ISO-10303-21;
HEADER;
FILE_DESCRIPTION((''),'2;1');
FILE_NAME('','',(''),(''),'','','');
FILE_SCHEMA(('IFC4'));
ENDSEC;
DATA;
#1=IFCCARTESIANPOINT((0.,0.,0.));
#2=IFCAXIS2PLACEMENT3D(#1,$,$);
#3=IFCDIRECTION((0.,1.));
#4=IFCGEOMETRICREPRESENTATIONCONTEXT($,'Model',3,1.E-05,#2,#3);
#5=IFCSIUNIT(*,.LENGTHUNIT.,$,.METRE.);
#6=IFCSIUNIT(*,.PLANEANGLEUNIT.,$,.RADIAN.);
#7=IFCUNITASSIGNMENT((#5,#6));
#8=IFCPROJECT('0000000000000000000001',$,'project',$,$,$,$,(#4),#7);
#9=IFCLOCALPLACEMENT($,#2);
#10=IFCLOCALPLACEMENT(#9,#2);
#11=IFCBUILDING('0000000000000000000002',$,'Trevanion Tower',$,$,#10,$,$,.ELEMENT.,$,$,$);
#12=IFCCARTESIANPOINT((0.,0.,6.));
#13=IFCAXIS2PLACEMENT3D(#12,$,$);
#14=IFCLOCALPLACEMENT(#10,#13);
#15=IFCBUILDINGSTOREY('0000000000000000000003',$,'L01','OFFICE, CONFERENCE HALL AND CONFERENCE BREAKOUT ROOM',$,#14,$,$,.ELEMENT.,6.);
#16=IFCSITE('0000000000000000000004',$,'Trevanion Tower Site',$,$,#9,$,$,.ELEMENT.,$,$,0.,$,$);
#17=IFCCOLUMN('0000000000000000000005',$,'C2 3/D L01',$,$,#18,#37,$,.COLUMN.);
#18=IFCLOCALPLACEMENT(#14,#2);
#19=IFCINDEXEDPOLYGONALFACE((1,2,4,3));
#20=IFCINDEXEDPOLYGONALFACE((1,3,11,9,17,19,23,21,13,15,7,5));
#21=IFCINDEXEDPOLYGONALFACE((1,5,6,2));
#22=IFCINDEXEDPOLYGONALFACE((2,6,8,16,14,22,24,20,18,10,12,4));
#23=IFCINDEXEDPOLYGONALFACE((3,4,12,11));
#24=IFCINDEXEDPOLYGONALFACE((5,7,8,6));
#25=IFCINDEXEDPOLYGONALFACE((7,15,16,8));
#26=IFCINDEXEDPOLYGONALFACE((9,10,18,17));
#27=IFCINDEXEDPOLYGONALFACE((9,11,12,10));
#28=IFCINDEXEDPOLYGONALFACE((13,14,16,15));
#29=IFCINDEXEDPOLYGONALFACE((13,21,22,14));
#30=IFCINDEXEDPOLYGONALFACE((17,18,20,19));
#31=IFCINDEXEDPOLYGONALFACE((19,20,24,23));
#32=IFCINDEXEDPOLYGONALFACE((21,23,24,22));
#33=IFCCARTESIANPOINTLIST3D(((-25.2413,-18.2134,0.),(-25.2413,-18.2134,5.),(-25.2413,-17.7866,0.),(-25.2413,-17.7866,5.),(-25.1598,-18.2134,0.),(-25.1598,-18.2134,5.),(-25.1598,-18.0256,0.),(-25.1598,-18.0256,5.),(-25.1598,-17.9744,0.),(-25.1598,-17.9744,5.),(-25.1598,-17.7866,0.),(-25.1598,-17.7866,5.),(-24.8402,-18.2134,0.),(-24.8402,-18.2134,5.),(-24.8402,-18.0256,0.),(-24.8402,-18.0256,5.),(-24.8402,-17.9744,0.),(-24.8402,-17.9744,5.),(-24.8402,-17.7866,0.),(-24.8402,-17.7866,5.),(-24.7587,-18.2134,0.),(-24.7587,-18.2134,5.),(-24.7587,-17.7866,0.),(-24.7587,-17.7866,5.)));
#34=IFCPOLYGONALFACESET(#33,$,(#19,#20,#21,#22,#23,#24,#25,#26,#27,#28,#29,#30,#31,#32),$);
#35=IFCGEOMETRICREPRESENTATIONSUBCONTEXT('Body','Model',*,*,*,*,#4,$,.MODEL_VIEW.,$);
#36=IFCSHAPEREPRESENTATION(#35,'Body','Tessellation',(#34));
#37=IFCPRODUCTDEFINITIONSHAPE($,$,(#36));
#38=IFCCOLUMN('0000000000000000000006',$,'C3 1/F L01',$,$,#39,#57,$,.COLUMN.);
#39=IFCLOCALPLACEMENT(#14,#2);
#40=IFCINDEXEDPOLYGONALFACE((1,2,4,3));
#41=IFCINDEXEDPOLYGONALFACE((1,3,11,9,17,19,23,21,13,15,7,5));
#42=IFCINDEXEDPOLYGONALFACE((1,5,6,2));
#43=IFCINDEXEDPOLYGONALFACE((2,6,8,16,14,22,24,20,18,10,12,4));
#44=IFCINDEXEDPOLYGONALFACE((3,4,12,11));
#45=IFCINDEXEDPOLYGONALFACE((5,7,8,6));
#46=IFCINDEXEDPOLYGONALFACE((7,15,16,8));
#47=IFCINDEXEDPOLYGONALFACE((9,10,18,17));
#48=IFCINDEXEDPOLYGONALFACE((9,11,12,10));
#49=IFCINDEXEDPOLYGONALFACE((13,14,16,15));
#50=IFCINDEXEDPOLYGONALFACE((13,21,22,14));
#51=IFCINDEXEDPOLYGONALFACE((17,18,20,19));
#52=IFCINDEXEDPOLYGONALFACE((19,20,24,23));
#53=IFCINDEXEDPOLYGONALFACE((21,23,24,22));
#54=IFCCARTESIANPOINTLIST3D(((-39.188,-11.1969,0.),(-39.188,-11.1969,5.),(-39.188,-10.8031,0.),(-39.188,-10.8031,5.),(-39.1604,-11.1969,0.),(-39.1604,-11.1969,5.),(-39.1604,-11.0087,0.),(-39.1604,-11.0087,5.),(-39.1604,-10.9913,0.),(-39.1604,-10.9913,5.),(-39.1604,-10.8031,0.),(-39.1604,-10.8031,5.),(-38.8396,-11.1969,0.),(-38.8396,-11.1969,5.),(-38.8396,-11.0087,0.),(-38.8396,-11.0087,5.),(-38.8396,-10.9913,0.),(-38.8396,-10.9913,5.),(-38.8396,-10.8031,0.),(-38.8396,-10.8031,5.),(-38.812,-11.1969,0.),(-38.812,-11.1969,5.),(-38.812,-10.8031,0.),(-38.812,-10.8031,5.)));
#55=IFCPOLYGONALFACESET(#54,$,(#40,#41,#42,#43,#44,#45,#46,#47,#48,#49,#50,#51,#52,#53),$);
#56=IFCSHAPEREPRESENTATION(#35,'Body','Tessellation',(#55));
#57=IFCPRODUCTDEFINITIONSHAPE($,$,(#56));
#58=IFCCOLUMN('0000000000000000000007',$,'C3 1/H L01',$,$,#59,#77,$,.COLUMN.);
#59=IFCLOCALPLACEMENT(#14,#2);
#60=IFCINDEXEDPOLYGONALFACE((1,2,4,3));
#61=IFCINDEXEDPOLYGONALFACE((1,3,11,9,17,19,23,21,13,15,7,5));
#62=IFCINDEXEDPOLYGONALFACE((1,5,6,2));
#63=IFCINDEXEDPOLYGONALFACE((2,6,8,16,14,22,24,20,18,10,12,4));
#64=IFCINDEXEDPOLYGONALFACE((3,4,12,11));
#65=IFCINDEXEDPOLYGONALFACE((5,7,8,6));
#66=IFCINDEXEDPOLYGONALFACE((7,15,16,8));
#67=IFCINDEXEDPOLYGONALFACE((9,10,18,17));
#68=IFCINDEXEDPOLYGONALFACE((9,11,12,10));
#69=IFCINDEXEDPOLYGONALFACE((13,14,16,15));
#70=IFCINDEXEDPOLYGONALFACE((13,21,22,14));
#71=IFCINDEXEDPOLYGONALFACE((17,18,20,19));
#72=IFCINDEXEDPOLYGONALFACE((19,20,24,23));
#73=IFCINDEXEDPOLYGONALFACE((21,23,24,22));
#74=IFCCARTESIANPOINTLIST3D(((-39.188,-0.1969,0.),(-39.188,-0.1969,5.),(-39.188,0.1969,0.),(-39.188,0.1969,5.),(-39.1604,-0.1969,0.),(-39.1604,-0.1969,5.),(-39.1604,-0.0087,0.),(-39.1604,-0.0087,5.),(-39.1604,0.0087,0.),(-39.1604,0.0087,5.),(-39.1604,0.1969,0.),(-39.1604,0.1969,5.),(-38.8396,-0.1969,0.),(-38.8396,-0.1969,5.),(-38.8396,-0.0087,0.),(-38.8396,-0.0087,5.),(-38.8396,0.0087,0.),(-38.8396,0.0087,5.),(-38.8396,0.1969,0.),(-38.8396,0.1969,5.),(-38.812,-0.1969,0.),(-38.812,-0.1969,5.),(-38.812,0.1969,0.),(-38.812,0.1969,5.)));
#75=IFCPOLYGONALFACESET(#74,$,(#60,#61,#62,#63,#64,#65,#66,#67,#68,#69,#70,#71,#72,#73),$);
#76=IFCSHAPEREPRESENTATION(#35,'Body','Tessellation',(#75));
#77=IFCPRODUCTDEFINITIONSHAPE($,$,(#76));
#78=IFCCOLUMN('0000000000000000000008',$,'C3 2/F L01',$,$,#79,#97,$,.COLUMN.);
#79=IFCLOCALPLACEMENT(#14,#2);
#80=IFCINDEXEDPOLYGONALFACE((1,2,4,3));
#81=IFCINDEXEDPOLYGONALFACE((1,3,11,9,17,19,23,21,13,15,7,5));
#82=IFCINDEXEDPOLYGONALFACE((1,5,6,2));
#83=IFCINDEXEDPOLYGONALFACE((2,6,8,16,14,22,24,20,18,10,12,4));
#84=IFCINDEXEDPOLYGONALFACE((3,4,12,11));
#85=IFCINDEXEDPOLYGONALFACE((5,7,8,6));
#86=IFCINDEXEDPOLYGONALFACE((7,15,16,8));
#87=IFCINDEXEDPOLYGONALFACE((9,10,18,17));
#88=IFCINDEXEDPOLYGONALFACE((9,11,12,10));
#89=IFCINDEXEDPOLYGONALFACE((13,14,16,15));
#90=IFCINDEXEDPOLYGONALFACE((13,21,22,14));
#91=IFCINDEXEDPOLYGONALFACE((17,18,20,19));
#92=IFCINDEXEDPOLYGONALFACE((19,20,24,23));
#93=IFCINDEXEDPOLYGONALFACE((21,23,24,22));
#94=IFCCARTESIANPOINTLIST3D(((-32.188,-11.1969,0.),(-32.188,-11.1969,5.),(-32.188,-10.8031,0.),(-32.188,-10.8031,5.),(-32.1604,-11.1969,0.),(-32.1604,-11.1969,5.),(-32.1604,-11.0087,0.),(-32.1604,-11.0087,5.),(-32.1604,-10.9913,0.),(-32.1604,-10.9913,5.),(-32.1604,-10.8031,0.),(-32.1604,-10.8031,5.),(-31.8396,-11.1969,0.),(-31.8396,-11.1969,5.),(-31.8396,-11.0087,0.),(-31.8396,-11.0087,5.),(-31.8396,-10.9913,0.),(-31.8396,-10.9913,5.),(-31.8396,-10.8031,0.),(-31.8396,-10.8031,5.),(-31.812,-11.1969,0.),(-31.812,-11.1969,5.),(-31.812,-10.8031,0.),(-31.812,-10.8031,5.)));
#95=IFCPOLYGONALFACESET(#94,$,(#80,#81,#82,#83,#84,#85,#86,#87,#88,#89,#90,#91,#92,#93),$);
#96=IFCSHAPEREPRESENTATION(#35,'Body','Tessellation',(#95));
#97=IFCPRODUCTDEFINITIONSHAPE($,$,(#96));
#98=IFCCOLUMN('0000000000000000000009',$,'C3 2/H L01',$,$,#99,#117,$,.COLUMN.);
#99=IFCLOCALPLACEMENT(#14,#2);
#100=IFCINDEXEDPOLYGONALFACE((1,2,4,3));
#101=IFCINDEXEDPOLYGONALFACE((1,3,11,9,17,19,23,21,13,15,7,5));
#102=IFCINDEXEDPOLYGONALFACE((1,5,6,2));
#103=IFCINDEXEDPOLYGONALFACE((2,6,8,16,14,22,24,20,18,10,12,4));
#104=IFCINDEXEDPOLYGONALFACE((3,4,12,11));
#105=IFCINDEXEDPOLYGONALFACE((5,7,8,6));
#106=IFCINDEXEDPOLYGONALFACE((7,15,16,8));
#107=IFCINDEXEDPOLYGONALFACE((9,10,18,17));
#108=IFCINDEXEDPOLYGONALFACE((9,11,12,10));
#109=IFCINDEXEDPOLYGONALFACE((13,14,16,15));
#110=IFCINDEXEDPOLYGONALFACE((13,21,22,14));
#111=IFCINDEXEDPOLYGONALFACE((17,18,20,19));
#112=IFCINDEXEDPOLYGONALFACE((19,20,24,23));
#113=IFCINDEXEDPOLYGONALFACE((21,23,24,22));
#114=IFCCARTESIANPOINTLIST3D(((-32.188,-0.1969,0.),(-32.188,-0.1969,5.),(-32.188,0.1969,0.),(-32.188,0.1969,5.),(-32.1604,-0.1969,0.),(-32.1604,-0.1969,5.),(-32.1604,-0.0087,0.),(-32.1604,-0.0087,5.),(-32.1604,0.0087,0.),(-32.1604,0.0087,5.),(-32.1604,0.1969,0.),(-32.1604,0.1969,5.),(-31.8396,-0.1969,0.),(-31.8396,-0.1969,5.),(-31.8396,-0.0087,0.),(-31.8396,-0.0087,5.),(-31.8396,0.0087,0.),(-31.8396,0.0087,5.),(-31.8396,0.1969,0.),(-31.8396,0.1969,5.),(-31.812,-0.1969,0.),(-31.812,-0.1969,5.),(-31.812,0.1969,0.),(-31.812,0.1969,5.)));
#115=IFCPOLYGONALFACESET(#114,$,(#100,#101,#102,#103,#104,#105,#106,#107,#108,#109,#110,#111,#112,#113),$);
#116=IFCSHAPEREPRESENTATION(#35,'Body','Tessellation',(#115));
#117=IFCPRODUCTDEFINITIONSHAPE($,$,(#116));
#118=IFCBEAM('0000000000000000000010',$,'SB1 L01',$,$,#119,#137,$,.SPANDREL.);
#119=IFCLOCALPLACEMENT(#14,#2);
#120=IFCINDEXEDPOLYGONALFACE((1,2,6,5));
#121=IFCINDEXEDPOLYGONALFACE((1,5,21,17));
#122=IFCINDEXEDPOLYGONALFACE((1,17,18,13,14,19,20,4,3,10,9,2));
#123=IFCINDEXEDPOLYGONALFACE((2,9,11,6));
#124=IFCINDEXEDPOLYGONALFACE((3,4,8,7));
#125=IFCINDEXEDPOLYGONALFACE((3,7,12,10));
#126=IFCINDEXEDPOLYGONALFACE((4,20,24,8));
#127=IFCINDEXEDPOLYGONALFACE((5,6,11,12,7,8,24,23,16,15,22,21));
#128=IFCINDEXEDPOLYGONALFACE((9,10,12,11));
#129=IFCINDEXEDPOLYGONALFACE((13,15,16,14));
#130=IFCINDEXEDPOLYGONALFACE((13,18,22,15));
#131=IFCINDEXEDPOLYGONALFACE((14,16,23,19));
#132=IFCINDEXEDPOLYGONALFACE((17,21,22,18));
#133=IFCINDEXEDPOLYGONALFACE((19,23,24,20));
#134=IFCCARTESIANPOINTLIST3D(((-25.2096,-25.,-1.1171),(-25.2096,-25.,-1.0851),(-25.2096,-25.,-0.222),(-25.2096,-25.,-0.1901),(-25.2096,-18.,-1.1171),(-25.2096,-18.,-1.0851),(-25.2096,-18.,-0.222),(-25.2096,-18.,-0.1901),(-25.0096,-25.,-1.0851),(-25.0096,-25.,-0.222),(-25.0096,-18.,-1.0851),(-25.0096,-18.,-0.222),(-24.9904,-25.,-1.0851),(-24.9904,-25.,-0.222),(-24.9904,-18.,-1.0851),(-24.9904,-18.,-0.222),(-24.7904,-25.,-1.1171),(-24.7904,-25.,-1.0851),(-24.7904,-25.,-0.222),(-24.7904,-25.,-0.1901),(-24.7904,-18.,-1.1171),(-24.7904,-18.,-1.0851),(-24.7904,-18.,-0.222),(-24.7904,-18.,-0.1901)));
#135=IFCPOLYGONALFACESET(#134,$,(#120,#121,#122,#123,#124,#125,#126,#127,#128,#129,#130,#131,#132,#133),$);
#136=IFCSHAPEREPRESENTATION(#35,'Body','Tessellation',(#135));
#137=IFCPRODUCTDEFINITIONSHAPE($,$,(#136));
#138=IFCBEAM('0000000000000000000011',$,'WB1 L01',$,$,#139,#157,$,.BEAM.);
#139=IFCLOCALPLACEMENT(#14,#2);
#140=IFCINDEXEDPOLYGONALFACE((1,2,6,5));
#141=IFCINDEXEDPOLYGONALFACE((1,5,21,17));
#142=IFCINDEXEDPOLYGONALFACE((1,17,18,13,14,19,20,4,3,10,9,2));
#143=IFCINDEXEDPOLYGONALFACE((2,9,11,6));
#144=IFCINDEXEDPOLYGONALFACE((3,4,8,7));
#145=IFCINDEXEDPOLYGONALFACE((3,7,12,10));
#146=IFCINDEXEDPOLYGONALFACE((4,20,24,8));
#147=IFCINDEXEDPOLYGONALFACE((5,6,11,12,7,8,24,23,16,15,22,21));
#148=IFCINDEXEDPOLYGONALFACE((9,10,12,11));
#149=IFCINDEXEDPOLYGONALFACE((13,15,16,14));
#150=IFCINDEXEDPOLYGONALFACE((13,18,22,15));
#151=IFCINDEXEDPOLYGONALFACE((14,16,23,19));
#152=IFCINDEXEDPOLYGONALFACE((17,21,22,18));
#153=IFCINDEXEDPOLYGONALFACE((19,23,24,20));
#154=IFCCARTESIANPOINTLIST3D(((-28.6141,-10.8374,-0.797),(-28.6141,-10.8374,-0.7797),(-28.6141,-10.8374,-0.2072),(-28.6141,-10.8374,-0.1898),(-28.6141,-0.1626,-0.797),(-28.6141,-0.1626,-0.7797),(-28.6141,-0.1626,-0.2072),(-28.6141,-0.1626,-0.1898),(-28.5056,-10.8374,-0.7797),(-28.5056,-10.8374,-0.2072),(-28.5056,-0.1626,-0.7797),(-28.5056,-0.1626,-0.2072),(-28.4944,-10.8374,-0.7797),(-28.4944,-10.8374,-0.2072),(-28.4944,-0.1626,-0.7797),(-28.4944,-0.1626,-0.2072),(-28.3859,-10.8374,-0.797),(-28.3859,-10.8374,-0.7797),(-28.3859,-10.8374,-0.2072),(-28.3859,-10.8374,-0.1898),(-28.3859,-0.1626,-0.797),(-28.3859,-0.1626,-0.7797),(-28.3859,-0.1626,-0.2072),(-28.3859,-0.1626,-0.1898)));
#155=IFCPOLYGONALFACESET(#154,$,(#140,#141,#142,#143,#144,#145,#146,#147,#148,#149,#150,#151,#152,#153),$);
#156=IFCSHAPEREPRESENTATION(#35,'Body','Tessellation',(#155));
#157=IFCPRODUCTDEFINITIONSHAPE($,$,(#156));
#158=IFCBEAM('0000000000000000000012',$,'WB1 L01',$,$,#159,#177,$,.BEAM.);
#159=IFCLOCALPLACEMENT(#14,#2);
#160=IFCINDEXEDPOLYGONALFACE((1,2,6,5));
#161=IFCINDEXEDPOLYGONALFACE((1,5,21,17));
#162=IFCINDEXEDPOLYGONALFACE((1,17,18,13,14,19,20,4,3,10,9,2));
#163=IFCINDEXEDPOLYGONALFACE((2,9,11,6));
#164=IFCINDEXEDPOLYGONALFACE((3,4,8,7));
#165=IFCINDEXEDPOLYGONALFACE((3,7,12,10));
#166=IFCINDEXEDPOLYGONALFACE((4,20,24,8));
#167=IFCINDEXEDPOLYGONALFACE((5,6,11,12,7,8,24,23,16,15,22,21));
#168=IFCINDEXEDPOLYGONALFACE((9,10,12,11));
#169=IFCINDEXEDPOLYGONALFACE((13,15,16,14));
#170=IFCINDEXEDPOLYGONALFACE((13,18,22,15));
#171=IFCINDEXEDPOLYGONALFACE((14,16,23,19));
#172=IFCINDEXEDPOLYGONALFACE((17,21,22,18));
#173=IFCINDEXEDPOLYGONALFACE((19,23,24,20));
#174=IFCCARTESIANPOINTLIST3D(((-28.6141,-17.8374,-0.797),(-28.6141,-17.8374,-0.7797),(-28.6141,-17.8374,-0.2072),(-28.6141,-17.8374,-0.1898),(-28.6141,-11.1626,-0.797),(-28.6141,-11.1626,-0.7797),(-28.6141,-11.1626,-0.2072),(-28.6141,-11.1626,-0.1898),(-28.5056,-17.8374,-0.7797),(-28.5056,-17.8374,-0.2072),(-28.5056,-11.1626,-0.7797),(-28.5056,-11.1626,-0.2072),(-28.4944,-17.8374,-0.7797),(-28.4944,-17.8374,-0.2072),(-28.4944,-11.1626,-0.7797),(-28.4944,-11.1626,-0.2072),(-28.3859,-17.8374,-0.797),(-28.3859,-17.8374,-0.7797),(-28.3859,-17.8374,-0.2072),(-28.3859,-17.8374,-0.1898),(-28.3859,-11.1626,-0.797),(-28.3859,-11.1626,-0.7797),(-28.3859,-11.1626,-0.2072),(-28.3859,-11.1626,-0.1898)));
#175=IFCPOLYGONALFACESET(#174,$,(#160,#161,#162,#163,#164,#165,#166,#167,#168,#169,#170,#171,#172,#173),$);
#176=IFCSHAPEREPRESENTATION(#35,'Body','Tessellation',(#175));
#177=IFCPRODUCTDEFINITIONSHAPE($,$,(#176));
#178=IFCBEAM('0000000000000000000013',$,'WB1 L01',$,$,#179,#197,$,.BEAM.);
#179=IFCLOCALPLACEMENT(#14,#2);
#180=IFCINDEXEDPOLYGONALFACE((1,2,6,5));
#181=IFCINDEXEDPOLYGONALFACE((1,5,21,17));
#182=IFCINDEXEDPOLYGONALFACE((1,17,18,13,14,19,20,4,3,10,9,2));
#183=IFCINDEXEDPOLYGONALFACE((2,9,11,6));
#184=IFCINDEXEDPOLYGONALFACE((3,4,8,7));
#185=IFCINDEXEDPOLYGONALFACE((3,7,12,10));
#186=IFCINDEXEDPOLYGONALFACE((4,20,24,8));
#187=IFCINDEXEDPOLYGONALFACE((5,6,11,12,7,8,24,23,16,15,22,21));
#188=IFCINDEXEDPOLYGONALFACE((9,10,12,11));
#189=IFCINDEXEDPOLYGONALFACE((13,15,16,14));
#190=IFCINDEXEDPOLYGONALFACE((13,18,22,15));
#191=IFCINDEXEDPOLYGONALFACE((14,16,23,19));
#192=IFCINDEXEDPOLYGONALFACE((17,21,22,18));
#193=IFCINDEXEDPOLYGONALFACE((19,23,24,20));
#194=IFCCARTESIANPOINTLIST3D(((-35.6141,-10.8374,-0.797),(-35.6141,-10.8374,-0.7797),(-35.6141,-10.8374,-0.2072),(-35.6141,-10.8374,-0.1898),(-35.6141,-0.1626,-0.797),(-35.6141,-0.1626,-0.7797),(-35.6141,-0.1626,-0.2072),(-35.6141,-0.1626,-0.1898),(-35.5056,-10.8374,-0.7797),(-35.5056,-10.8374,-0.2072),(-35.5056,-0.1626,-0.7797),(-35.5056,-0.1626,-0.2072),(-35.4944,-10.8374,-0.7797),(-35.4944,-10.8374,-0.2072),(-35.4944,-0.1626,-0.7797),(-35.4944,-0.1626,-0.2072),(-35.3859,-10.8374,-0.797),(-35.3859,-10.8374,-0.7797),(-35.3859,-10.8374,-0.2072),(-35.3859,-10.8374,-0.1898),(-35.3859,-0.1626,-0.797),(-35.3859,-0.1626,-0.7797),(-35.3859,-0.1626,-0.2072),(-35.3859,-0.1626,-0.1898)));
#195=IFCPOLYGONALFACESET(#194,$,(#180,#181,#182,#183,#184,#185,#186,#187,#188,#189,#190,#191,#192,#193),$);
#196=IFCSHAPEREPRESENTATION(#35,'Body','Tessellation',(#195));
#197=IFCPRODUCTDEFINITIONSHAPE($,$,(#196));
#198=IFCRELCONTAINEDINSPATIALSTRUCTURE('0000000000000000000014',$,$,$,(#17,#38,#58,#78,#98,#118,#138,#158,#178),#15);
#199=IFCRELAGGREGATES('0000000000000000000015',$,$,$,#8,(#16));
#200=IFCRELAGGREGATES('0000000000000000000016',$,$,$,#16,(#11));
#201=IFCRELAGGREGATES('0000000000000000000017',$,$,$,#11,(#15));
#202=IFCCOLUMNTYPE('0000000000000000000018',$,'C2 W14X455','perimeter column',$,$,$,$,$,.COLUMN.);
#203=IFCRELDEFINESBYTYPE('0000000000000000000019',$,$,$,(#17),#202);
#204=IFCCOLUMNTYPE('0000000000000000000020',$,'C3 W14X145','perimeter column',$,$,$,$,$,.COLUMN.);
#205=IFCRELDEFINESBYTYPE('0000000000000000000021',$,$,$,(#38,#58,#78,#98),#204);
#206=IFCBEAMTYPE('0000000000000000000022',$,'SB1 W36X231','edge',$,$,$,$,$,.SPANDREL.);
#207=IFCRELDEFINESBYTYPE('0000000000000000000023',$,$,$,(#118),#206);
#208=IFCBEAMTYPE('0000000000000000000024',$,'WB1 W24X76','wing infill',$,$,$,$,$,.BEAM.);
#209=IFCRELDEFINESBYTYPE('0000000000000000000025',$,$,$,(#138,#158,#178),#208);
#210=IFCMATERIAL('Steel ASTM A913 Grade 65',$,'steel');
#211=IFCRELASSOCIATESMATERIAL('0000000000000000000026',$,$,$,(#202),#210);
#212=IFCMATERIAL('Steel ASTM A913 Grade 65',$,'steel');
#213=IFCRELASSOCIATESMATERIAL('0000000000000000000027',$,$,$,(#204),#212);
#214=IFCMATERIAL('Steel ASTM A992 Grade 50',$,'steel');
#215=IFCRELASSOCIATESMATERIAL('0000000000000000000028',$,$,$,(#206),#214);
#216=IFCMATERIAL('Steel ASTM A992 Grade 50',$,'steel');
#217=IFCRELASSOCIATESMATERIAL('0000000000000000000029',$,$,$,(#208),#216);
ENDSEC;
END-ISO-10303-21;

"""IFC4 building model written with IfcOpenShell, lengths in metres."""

from ifc_helpers import new_model, si_unit, direction, frame, origin, origin_2d, place, context, subcontext, project, spatial, i_section, extrude, material, material_profile, profile_set, type_object, element, save


model = new_model("IFC4")

# Units and contexts
model_context = context("Model", 3, precision=1e-05, world=origin(), true_north=direction((0.0, 1.0)))
body_context = subcontext(model_context, "Body", "Model", "MODEL_VIEW")
ifc_project = project(units=[si_unit("LENGTHUNIT", "METRE"), si_unit("PLANEANGLEUNIT", "RADIAN")], contexts=[model_context])

# Site, building, storey
site_placement = place(None, origin())
site = spatial("IfcSite", under=ifc_project, at=site_placement, Name="Trevanion Tower Site", CompositionType="ELEMENT", RefElevation=0.0)
building_placement = place(site_placement, origin())
building = spatial("IfcBuilding", under=site, at=building_placement, Name="Trevanion Tower", CompositionType="ELEMENT")
storey_placement = place(building_placement, frame((0.0, 0.0, 6.0)))
storey = spatial("IfcBuildingStorey", under=building, at=storey_placement, Name="L01", Description="OFFICE, CONFERENCE HALL AND CONFERENCE BREAKOUT ROOM", CompositionType="ELEMENT", Elevation=6.0)

# Columns
ifc_material_1 = material(Name="Steel ASTM A913 Grade 65", Category="steel")
ifc_material_profile_1 = material_profile(ifc_material_1, i_section(OverallWidth=0.4268, OverallDepth=0.4827, WebThickness=0.0513, FlangeThickness=0.0815, at=origin_2d()), Name="W14X455")
ifc_profile_set_1 = profile_set([ifc_material_profile_1], Name="Steel ASTM A913 Grade 65")
column_type_1 = type_object("IfcColumnType", Name="C2 W14X455", Description="perimeter column", PredefinedType="COLUMN", material=ifc_profile_set_1)
column_placement = place(storey_placement, frame((-25.0, -18.0, 0.0), z_axis=(0.0, 0.0, 1.0), x_axis=(0.0, 1.0, 0.0)))
element("IfcColumn", 1, at=column_placement, inside=storey, type_object=column_type_1, Name="C2 3/D L01", PredefinedType="COLUMN", context=body_context, shape_type="SweptSolid", body=[
    extrude(i_section(OverallWidth=0.4268, OverallDepth=0.4827, WebThickness=0.0513, FlangeThickness=0.0815, at=origin_2d()), origin(), (0.0, 0.0, 1.0), 5.0),
])
ifc_material_2 = material(Name="Steel ASTM A913 Grade 65", Category="steel")
ifc_material_profile_2 = material_profile(ifc_material_2, i_section(OverallWidth=0.3938, OverallDepth=0.376, WebThickness=0.0173, FlangeThickness=0.0276, at=origin_2d()), Name="W14X145")
ifc_profile_set_2 = profile_set([ifc_material_profile_2], Name="Steel ASTM A913 Grade 65")
column_type_2 = type_object("IfcColumnType", Name="C3 W14X145", Description="perimeter column", PredefinedType="COLUMN", material=ifc_profile_set_2)
for number, where, z_axis, x_axis, name in (
    (2, (-39.0, -11.0, 0.0), (0.0, 0.0, 1.0), (0.0, 1.0, 0.0), "C3 1/F L01"),
    (3, (-39.0, 0.0, 0.0), (0.0, 0.0, 1.0), (0.0, 1.0, 0.0), "C3 1/H L01"),
    (4, (-32.0, -11.0, 0.0), (0.0, 0.0, 1.0), (0.0, 1.0, 0.0), "C3 2/F L01"),
    (5, (-32.0, 0.0, 0.0), (0.0, 0.0, 1.0), (0.0, 1.0, 0.0), "C3 2/H L01"),
):
    element("IfcColumn", number, at=place(storey_placement, frame(where, z_axis=z_axis, x_axis=x_axis)), inside=storey, type_object=column_type_2, Name=name, PredefinedType="COLUMN", context=body_context, shape_type="SweptSolid", body=[
        extrude(i_section(OverallWidth=0.3938, OverallDepth=0.376, WebThickness=0.0173, FlangeThickness=0.0276, at=origin_2d()), origin(), (0.0, 0.0, 1.0), 5.0),
    ])

# Beams
ifc_material_3 = material(Name="Steel ASTM A992 Grade 50", Category="steel")
ifc_material_profile_3 = material_profile(ifc_material_3, i_section(OverallWidth=0.4192, OverallDepth=0.927, WebThickness=0.0193, FlangeThickness=0.032, at=origin_2d()), Name="W36X231")
ifc_profile_set_3 = profile_set([ifc_material_profile_3], Name="Steel ASTM A992 Grade 50")
beam_type_1 = type_object("IfcBeamType", Name="SB1 W36X231", Description="edge", PredefinedType="SPANDREL", material=ifc_profile_set_3)
beam_1_placement = place(storey_placement, frame((-25.0, -18.0, -0.6536), z_axis=(0.0, -1.0, 0.0), x_axis=(1.0, 0.0, 0.0)))
element("IfcBeam", 6, at=beam_1_placement, inside=storey, type_object=beam_type_1, Name="SB1 L01", PredefinedType="SPANDREL", context=body_context, shape_type="SweptSolid", body=[
    extrude(i_section(OverallWidth=0.4192, OverallDepth=0.927, WebThickness=0.0193, FlangeThickness=0.032, at=origin_2d()), origin(), (0.0, 0.0, 1.0), 7.0),
])
ifc_material_4 = material(Name="Steel ASTM A992 Grade 50", Category="steel")
ifc_material_profile_4 = material_profile(ifc_material_4, i_section(OverallWidth=0.2283, OverallDepth=0.6072, WebThickness=0.0112, FlangeThickness=0.0173, at=origin_2d()), Name="W24X76")
ifc_profile_set_4 = profile_set([ifc_material_profile_4], Name="Steel ASTM A992 Grade 50")
beam_type_2 = type_object("IfcBeamType", Name="WB1 W24X76", Description="wing infill", PredefinedType="BEAM", material=ifc_profile_set_4)
beam_2_placement = place(storey_placement, frame((-28.5, -0.1626, -0.4934), z_axis=(0.0, -1.0, 0.0), x_axis=(1.0, 0.0, 0.0)))
element("IfcBeam", 7, at=beam_2_placement, inside=storey, type_object=beam_type_2, Name="WB1 L01", PredefinedType="BEAM", context=body_context, shape_type="SweptSolid", body=[
    extrude(i_section(OverallWidth=0.2283, OverallDepth=0.6072, WebThickness=0.0112, FlangeThickness=0.0173, at=origin_2d()), origin(), (0.0, 0.0, 1.0), 10.6748),
])
beam_3_placement = place(storey_placement, frame((-28.5, -11.1626, -0.4934), z_axis=(0.0, -1.0, 0.0), x_axis=(1.0, 0.0, 0.0)))
element("IfcBeam", 8, at=beam_3_placement, inside=storey, type_object=beam_type_2, Name="WB1 L01", PredefinedType="BEAM", context=body_context, shape_type="SweptSolid", body=[
    extrude(i_section(OverallWidth=0.2283, OverallDepth=0.6072, WebThickness=0.0112, FlangeThickness=0.0173, at=origin_2d()), origin(), (0.0, 0.0, 1.0), 6.6748),
])
beam_4_placement = place(storey_placement, frame((-35.5, -0.1626, -0.4934), z_axis=(0.0, -1.0, 0.0), x_axis=(1.0, 0.0, 0.0)))
element("IfcBeam", 9, at=beam_4_placement, inside=storey, type_object=beam_type_2, Name="WB1 L01", PredefinedType="BEAM", context=body_context, shape_type="SweptSolid", body=[
    extrude(i_section(OverallWidth=0.2283, OverallDepth=0.6072, WebThickness=0.0112, FlangeThickness=0.0173, at=origin_2d()), origin(), (0.0, 0.0, 1.0), 10.6748),
])

save(model, "model.ifc")
